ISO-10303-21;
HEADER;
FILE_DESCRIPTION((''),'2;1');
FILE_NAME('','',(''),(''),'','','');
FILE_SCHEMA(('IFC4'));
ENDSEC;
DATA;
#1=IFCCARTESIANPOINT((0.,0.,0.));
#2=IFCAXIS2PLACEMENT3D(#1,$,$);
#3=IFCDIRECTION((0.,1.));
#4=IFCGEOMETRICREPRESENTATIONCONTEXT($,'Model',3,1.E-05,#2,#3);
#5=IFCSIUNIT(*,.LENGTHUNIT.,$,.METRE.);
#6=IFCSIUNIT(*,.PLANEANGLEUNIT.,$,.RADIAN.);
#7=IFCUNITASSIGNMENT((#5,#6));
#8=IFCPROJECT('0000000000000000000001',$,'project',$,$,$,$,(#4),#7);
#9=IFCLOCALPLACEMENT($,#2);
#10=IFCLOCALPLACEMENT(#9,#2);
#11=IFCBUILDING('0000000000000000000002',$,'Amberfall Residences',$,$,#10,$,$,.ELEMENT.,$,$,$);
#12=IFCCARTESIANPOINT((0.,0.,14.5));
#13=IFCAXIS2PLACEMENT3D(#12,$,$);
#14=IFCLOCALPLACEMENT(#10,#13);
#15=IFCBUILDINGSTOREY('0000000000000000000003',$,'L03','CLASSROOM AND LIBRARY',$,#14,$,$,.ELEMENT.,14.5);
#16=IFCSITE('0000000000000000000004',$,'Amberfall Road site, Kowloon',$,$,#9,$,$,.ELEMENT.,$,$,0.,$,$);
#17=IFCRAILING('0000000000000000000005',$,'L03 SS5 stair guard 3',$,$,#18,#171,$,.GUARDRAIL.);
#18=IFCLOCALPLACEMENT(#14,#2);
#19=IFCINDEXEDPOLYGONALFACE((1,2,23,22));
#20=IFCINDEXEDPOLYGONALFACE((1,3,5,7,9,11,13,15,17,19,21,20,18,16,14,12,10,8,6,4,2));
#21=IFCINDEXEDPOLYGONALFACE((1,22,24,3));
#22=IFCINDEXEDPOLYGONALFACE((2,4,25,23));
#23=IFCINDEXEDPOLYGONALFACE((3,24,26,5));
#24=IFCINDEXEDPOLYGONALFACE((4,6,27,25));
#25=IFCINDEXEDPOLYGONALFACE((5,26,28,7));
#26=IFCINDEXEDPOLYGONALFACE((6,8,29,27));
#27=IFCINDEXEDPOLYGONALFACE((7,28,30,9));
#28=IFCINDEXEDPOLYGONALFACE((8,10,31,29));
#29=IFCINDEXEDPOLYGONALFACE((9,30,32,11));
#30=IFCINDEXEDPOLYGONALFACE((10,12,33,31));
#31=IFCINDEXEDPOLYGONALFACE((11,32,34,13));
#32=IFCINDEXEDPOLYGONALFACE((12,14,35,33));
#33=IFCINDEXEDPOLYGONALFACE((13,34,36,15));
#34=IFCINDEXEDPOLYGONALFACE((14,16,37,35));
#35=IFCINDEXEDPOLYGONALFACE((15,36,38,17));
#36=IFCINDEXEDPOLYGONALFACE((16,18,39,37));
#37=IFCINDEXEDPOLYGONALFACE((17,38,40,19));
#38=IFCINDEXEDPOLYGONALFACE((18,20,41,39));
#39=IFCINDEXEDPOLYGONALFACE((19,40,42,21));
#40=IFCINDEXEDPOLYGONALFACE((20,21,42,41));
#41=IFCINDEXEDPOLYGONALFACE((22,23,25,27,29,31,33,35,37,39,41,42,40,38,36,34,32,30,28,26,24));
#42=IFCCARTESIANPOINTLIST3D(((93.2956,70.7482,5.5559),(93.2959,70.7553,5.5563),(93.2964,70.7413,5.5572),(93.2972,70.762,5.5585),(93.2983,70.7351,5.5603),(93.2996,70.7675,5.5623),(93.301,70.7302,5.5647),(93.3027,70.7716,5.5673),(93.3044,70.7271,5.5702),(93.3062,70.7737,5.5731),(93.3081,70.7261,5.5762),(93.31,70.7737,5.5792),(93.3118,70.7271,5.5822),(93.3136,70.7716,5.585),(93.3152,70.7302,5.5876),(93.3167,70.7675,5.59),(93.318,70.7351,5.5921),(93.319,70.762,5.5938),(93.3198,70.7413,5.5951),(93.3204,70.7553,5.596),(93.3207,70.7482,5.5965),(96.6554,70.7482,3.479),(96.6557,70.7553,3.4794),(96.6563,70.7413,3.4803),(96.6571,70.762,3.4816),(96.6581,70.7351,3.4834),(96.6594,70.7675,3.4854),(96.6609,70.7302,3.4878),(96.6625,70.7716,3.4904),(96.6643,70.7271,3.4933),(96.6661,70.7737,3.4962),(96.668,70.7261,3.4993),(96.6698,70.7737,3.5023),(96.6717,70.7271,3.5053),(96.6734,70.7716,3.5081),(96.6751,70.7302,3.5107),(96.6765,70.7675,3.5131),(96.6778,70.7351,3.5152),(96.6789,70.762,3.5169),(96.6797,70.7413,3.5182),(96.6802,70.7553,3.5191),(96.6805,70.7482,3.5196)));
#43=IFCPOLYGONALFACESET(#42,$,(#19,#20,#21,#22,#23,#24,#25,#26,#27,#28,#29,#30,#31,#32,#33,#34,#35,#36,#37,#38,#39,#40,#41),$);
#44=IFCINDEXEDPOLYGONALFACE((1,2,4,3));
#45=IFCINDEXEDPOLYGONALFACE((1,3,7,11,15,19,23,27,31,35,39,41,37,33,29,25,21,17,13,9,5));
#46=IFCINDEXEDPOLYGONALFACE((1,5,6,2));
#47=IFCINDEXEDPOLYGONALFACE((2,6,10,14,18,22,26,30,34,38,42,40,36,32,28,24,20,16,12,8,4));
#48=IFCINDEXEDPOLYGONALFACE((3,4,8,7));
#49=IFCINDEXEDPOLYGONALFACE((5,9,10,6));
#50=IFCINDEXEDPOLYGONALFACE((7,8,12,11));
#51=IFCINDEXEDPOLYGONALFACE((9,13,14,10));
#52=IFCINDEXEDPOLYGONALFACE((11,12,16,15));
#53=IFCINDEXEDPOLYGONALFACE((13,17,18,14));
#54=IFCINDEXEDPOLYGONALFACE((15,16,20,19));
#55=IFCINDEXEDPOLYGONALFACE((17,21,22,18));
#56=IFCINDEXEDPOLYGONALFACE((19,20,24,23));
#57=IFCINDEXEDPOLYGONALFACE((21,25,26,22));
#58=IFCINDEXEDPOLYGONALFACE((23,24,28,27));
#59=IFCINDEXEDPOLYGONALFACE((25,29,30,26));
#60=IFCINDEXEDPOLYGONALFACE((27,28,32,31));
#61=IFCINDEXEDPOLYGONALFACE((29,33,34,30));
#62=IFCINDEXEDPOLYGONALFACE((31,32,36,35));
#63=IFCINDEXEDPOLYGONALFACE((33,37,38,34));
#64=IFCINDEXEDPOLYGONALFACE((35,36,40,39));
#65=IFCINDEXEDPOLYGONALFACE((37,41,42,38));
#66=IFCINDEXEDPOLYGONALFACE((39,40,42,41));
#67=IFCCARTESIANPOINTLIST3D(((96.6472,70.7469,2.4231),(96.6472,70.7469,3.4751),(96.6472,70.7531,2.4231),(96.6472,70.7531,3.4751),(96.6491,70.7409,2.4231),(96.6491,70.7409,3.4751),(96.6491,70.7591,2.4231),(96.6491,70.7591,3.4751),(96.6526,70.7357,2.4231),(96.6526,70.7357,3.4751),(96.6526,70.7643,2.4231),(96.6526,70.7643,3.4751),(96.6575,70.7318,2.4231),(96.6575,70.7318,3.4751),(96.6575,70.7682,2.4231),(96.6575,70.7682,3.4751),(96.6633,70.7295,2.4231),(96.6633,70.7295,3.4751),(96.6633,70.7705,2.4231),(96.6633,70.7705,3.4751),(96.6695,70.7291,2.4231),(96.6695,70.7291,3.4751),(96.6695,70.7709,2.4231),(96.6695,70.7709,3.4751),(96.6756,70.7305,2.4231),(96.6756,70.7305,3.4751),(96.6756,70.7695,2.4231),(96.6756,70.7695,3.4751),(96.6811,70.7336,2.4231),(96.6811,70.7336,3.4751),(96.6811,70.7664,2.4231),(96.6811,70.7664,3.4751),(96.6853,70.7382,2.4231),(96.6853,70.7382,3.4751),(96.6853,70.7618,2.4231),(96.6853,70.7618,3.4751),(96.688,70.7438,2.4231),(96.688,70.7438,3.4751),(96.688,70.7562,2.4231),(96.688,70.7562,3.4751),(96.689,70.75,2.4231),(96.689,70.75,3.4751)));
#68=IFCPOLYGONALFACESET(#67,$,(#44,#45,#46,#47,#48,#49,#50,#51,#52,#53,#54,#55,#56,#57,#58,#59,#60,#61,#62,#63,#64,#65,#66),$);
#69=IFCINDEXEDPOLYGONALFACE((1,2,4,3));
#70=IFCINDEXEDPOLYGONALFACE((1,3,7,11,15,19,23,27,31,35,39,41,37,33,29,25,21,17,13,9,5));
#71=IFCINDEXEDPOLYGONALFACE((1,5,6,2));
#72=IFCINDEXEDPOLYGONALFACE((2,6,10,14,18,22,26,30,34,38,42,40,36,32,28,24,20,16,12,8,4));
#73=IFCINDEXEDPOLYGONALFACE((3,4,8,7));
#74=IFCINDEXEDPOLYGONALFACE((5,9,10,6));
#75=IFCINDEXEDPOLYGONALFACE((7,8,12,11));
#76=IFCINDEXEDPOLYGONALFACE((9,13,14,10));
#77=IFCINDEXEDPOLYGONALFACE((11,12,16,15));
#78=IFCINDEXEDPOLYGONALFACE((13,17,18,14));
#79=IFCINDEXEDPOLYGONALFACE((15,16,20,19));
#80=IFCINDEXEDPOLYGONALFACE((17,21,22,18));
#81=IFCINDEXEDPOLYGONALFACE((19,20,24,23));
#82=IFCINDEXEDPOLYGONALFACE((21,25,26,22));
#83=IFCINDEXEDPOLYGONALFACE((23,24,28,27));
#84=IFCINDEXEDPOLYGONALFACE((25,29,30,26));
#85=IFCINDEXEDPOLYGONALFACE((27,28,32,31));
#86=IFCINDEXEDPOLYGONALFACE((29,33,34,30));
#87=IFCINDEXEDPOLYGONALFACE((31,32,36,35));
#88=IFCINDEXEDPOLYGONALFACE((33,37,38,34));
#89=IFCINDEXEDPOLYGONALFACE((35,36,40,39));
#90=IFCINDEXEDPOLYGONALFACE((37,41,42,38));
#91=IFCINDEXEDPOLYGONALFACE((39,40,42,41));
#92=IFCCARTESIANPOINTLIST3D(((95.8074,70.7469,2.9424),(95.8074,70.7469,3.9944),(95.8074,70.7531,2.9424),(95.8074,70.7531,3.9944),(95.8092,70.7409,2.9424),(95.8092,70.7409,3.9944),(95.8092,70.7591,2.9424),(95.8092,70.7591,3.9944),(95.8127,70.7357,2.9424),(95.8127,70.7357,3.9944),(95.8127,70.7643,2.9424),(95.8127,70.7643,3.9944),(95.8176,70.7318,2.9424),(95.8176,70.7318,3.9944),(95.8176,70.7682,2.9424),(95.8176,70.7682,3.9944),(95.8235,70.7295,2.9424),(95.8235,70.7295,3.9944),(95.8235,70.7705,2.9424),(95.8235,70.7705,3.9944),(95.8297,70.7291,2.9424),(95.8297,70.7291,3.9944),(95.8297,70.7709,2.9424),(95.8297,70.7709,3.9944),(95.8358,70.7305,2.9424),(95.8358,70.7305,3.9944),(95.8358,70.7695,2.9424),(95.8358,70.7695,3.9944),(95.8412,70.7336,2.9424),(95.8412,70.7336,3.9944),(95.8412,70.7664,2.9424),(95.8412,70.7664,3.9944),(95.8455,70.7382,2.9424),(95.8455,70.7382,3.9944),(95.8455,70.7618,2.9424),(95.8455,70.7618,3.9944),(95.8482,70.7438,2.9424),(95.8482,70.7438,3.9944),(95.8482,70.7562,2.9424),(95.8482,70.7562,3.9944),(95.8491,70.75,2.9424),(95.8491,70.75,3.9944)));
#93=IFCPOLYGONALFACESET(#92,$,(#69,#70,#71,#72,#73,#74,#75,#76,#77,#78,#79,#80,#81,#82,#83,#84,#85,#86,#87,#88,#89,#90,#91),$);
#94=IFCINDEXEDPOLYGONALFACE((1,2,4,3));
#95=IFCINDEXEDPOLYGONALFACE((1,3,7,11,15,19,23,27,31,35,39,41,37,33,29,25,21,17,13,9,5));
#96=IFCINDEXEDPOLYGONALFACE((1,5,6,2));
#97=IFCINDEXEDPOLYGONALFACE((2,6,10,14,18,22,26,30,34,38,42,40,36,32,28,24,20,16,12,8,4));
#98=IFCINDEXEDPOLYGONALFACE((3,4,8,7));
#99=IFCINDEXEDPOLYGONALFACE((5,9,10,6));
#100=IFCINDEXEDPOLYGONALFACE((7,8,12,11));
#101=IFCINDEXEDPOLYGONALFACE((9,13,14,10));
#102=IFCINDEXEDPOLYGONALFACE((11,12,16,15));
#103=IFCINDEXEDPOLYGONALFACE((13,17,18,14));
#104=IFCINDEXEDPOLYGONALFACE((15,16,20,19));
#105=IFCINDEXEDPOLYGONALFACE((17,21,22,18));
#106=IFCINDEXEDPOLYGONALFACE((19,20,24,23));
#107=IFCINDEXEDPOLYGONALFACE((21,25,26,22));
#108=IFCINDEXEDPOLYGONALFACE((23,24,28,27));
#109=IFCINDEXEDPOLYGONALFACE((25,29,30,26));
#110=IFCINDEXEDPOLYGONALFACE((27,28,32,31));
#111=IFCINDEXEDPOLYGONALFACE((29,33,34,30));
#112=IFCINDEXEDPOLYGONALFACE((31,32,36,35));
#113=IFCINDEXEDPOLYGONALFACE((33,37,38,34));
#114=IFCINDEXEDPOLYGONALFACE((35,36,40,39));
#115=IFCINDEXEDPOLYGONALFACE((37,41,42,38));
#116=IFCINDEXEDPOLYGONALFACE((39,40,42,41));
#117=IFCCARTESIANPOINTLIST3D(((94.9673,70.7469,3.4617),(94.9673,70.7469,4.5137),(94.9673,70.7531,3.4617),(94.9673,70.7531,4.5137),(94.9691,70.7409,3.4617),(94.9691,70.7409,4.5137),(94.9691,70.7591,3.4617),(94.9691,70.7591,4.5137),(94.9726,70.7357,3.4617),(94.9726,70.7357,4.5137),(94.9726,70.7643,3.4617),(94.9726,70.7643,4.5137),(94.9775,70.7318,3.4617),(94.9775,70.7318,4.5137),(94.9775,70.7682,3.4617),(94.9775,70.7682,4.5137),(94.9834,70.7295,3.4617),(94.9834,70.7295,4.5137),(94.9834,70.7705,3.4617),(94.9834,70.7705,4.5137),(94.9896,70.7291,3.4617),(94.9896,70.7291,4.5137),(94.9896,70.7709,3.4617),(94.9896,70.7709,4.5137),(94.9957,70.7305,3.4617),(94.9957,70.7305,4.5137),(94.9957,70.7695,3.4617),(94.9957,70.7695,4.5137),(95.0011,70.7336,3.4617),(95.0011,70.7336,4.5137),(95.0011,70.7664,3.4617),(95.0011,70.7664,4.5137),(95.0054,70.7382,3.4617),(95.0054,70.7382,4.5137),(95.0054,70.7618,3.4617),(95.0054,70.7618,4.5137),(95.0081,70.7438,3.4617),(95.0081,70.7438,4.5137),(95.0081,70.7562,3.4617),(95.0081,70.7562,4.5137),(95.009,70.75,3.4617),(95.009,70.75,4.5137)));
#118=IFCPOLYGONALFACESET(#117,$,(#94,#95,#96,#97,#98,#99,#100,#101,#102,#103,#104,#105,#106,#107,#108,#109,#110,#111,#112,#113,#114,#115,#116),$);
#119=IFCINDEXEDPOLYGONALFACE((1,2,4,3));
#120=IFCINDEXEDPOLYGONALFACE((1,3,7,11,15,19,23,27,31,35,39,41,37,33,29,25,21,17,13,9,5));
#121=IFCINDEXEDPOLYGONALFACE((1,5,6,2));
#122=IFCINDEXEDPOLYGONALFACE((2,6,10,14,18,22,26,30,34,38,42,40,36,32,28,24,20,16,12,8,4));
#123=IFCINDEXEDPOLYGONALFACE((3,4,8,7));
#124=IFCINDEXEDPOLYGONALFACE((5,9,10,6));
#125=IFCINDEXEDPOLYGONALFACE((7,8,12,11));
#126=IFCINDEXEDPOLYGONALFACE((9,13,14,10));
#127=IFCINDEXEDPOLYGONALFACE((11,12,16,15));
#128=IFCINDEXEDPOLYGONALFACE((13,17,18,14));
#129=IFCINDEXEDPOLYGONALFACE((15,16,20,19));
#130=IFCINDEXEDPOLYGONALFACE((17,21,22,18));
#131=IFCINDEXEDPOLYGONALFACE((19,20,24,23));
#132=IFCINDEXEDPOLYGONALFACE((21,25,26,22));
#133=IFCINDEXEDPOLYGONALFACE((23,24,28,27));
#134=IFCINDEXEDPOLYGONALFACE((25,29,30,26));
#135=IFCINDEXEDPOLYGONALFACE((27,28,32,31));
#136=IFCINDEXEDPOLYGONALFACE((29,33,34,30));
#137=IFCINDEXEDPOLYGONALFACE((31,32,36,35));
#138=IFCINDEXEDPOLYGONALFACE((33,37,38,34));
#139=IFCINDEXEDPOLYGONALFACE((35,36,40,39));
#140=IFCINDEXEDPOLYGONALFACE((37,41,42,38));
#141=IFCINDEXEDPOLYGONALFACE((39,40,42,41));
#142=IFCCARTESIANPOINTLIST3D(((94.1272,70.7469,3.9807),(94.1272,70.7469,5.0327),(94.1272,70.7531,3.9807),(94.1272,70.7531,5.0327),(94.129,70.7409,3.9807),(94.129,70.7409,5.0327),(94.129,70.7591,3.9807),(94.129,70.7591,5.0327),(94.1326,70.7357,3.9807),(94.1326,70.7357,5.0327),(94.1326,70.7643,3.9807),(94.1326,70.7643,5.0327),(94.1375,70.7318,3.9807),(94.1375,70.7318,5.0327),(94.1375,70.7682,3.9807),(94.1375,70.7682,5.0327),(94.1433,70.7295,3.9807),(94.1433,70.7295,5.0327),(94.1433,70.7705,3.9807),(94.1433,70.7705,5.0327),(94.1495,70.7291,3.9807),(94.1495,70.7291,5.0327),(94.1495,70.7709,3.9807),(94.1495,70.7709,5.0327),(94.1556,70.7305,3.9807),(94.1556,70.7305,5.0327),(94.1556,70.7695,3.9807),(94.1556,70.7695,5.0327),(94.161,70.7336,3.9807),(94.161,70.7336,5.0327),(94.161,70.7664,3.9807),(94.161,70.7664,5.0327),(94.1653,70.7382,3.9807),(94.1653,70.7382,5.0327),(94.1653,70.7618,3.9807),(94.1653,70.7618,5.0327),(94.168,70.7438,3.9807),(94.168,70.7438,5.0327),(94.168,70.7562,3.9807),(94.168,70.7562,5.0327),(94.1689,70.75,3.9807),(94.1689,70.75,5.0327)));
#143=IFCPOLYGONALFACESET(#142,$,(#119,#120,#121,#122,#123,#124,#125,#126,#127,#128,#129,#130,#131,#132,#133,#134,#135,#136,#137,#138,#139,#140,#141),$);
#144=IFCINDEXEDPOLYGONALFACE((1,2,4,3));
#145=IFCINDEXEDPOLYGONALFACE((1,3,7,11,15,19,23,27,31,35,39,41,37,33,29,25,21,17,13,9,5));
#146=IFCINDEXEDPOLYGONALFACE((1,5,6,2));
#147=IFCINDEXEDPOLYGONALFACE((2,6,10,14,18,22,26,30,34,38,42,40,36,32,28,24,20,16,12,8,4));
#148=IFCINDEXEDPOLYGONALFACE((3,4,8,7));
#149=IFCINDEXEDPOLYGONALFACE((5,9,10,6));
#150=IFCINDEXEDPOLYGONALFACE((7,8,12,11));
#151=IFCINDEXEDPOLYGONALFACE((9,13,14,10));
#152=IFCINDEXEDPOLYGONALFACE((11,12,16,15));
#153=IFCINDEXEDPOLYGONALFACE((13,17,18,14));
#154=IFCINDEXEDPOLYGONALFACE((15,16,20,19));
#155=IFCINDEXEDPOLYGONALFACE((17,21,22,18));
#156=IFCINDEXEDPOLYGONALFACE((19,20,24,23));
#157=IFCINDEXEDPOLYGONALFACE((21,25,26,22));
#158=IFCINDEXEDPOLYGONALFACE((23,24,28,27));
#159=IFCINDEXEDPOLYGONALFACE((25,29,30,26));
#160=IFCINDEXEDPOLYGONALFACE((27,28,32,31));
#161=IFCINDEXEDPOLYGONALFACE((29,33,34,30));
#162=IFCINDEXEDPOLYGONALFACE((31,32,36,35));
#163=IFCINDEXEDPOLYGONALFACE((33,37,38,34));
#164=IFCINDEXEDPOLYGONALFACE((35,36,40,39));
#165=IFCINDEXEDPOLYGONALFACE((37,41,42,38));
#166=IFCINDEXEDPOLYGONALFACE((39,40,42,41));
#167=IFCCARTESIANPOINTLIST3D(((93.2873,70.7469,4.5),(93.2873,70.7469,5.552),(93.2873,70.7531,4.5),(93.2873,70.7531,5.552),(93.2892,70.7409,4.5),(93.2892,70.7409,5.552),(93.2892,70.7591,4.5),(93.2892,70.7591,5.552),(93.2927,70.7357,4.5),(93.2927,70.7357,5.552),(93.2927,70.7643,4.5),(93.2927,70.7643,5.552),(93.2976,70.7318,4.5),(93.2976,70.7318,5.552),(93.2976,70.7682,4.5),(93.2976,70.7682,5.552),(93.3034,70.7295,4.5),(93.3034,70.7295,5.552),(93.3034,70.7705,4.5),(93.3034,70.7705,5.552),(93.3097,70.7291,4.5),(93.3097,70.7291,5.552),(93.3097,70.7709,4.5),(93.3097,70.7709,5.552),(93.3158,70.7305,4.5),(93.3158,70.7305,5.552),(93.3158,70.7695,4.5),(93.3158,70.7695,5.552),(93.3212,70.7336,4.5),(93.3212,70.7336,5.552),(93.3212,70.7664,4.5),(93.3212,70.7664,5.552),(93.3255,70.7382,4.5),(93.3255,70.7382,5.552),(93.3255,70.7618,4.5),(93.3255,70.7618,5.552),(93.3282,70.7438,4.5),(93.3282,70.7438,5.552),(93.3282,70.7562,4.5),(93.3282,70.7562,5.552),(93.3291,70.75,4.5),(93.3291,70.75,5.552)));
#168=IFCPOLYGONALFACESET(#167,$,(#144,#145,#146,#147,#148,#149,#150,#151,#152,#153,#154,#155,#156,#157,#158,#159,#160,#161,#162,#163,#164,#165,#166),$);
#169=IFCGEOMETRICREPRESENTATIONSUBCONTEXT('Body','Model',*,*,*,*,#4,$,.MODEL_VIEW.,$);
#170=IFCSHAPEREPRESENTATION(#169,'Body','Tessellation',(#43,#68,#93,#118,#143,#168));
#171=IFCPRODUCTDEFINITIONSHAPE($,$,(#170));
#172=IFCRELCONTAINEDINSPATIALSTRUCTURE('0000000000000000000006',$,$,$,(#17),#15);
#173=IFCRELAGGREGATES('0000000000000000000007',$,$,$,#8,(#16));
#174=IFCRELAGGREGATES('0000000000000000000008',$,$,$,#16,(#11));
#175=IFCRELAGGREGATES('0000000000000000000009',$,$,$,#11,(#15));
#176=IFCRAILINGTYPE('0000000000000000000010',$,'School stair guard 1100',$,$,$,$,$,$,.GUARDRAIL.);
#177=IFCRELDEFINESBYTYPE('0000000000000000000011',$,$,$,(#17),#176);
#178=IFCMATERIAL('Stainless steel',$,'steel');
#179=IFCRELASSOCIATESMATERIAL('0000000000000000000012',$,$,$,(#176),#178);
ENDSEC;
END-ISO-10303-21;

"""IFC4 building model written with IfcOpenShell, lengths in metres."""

from ifc_helpers import new_model, si_unit, direction, frame, origin, origin_2d, place, context, subcontext, project, spatial, circle, extrude, material, type_object, element, save


model = new_model("IFC4")

# Units and contexts
model_context = context("Model", 3, precision=1e-05, world=origin(), true_north=direction((0.0, 1.0)))
body_context = subcontext(model_context, "Body", "Model", "MODEL_VIEW")
ifc_project = project(units=[si_unit("LENGTHUNIT", "METRE"), si_unit("PLANEANGLEUNIT", "RADIAN")], contexts=[model_context])

# Site, building, storey
site_placement = place(None, origin())
site = spatial("IfcSite", under=ifc_project, at=site_placement, Name="Amberfall Road site, Kowloon", CompositionType="ELEMENT", RefElevation=0.0)
building_placement = place(site_placement, origin())
building = spatial("IfcBuilding", under=site, at=building_placement, Name="Amberfall Residences", CompositionType="ELEMENT")
storey_placement = place(building_placement, frame((0.0, 0.0, 14.5)))
storey = spatial("IfcBuildingStorey", under=building, at=storey_placement, Name="L03", Description="CLASSROOM AND LIBRARY", CompositionType="ELEMENT", Elevation=14.5)

# Railing
ifc_material_1 = material(Name="Stainless steel", Category="steel")
railing_type_1 = type_object("IfcRailingType", Name="School stair guard 1100", PredefinedType="GUARDRAIL", material=ifc_material_1)
railing_1_placement = place(storey_placement, frame((96.668, 70.75, 2.4231)))
element("IfcRailing", 1, at=railing_1_placement, inside=storey, type_object=railing_type_1, Name="L03 SS5 stair guard 3", PredefinedType="GUARDRAIL", context=body_context, shape_type="SweptSolid", body=[
    extrude(circle(Radius=0.0239, at=origin_2d()), frame((0.0, 0.0, 1.0762), z_axis=(-0.850606, 0.0, 0.525803), x_axis=(0.0, -1.0, 0.0)), (0.0, 0.0, 1.0), 3.95),
    extrude(circle(Radius=0.021, at=origin_2d()), origin(), (0.0, 0.0, 1.0), 1.052),
    extrude(circle(Radius=0.021, at=origin_2d()), frame((-0.8398, 0.0, 0.5193)), (0.0, 0.0, 1.0), 1.052),
    extrude(circle(Radius=0.021, at=origin_2d()), frame((-1.6799, 0.0, 1.0386)), (0.0, 0.0, 1.0), 1.052),
    extrude(circle(Radius=0.021, at=origin_2d()), frame((-2.52, 0.0, 1.5576)), (0.0, 0.0, 1.0), 1.052),
    extrude(circle(Radius=0.021, at=origin_2d()), frame((-3.3599, 0.0, 2.0769)), (0.0, 0.0, 1.0), 1.052),
])

save(model, "model.ifc")
